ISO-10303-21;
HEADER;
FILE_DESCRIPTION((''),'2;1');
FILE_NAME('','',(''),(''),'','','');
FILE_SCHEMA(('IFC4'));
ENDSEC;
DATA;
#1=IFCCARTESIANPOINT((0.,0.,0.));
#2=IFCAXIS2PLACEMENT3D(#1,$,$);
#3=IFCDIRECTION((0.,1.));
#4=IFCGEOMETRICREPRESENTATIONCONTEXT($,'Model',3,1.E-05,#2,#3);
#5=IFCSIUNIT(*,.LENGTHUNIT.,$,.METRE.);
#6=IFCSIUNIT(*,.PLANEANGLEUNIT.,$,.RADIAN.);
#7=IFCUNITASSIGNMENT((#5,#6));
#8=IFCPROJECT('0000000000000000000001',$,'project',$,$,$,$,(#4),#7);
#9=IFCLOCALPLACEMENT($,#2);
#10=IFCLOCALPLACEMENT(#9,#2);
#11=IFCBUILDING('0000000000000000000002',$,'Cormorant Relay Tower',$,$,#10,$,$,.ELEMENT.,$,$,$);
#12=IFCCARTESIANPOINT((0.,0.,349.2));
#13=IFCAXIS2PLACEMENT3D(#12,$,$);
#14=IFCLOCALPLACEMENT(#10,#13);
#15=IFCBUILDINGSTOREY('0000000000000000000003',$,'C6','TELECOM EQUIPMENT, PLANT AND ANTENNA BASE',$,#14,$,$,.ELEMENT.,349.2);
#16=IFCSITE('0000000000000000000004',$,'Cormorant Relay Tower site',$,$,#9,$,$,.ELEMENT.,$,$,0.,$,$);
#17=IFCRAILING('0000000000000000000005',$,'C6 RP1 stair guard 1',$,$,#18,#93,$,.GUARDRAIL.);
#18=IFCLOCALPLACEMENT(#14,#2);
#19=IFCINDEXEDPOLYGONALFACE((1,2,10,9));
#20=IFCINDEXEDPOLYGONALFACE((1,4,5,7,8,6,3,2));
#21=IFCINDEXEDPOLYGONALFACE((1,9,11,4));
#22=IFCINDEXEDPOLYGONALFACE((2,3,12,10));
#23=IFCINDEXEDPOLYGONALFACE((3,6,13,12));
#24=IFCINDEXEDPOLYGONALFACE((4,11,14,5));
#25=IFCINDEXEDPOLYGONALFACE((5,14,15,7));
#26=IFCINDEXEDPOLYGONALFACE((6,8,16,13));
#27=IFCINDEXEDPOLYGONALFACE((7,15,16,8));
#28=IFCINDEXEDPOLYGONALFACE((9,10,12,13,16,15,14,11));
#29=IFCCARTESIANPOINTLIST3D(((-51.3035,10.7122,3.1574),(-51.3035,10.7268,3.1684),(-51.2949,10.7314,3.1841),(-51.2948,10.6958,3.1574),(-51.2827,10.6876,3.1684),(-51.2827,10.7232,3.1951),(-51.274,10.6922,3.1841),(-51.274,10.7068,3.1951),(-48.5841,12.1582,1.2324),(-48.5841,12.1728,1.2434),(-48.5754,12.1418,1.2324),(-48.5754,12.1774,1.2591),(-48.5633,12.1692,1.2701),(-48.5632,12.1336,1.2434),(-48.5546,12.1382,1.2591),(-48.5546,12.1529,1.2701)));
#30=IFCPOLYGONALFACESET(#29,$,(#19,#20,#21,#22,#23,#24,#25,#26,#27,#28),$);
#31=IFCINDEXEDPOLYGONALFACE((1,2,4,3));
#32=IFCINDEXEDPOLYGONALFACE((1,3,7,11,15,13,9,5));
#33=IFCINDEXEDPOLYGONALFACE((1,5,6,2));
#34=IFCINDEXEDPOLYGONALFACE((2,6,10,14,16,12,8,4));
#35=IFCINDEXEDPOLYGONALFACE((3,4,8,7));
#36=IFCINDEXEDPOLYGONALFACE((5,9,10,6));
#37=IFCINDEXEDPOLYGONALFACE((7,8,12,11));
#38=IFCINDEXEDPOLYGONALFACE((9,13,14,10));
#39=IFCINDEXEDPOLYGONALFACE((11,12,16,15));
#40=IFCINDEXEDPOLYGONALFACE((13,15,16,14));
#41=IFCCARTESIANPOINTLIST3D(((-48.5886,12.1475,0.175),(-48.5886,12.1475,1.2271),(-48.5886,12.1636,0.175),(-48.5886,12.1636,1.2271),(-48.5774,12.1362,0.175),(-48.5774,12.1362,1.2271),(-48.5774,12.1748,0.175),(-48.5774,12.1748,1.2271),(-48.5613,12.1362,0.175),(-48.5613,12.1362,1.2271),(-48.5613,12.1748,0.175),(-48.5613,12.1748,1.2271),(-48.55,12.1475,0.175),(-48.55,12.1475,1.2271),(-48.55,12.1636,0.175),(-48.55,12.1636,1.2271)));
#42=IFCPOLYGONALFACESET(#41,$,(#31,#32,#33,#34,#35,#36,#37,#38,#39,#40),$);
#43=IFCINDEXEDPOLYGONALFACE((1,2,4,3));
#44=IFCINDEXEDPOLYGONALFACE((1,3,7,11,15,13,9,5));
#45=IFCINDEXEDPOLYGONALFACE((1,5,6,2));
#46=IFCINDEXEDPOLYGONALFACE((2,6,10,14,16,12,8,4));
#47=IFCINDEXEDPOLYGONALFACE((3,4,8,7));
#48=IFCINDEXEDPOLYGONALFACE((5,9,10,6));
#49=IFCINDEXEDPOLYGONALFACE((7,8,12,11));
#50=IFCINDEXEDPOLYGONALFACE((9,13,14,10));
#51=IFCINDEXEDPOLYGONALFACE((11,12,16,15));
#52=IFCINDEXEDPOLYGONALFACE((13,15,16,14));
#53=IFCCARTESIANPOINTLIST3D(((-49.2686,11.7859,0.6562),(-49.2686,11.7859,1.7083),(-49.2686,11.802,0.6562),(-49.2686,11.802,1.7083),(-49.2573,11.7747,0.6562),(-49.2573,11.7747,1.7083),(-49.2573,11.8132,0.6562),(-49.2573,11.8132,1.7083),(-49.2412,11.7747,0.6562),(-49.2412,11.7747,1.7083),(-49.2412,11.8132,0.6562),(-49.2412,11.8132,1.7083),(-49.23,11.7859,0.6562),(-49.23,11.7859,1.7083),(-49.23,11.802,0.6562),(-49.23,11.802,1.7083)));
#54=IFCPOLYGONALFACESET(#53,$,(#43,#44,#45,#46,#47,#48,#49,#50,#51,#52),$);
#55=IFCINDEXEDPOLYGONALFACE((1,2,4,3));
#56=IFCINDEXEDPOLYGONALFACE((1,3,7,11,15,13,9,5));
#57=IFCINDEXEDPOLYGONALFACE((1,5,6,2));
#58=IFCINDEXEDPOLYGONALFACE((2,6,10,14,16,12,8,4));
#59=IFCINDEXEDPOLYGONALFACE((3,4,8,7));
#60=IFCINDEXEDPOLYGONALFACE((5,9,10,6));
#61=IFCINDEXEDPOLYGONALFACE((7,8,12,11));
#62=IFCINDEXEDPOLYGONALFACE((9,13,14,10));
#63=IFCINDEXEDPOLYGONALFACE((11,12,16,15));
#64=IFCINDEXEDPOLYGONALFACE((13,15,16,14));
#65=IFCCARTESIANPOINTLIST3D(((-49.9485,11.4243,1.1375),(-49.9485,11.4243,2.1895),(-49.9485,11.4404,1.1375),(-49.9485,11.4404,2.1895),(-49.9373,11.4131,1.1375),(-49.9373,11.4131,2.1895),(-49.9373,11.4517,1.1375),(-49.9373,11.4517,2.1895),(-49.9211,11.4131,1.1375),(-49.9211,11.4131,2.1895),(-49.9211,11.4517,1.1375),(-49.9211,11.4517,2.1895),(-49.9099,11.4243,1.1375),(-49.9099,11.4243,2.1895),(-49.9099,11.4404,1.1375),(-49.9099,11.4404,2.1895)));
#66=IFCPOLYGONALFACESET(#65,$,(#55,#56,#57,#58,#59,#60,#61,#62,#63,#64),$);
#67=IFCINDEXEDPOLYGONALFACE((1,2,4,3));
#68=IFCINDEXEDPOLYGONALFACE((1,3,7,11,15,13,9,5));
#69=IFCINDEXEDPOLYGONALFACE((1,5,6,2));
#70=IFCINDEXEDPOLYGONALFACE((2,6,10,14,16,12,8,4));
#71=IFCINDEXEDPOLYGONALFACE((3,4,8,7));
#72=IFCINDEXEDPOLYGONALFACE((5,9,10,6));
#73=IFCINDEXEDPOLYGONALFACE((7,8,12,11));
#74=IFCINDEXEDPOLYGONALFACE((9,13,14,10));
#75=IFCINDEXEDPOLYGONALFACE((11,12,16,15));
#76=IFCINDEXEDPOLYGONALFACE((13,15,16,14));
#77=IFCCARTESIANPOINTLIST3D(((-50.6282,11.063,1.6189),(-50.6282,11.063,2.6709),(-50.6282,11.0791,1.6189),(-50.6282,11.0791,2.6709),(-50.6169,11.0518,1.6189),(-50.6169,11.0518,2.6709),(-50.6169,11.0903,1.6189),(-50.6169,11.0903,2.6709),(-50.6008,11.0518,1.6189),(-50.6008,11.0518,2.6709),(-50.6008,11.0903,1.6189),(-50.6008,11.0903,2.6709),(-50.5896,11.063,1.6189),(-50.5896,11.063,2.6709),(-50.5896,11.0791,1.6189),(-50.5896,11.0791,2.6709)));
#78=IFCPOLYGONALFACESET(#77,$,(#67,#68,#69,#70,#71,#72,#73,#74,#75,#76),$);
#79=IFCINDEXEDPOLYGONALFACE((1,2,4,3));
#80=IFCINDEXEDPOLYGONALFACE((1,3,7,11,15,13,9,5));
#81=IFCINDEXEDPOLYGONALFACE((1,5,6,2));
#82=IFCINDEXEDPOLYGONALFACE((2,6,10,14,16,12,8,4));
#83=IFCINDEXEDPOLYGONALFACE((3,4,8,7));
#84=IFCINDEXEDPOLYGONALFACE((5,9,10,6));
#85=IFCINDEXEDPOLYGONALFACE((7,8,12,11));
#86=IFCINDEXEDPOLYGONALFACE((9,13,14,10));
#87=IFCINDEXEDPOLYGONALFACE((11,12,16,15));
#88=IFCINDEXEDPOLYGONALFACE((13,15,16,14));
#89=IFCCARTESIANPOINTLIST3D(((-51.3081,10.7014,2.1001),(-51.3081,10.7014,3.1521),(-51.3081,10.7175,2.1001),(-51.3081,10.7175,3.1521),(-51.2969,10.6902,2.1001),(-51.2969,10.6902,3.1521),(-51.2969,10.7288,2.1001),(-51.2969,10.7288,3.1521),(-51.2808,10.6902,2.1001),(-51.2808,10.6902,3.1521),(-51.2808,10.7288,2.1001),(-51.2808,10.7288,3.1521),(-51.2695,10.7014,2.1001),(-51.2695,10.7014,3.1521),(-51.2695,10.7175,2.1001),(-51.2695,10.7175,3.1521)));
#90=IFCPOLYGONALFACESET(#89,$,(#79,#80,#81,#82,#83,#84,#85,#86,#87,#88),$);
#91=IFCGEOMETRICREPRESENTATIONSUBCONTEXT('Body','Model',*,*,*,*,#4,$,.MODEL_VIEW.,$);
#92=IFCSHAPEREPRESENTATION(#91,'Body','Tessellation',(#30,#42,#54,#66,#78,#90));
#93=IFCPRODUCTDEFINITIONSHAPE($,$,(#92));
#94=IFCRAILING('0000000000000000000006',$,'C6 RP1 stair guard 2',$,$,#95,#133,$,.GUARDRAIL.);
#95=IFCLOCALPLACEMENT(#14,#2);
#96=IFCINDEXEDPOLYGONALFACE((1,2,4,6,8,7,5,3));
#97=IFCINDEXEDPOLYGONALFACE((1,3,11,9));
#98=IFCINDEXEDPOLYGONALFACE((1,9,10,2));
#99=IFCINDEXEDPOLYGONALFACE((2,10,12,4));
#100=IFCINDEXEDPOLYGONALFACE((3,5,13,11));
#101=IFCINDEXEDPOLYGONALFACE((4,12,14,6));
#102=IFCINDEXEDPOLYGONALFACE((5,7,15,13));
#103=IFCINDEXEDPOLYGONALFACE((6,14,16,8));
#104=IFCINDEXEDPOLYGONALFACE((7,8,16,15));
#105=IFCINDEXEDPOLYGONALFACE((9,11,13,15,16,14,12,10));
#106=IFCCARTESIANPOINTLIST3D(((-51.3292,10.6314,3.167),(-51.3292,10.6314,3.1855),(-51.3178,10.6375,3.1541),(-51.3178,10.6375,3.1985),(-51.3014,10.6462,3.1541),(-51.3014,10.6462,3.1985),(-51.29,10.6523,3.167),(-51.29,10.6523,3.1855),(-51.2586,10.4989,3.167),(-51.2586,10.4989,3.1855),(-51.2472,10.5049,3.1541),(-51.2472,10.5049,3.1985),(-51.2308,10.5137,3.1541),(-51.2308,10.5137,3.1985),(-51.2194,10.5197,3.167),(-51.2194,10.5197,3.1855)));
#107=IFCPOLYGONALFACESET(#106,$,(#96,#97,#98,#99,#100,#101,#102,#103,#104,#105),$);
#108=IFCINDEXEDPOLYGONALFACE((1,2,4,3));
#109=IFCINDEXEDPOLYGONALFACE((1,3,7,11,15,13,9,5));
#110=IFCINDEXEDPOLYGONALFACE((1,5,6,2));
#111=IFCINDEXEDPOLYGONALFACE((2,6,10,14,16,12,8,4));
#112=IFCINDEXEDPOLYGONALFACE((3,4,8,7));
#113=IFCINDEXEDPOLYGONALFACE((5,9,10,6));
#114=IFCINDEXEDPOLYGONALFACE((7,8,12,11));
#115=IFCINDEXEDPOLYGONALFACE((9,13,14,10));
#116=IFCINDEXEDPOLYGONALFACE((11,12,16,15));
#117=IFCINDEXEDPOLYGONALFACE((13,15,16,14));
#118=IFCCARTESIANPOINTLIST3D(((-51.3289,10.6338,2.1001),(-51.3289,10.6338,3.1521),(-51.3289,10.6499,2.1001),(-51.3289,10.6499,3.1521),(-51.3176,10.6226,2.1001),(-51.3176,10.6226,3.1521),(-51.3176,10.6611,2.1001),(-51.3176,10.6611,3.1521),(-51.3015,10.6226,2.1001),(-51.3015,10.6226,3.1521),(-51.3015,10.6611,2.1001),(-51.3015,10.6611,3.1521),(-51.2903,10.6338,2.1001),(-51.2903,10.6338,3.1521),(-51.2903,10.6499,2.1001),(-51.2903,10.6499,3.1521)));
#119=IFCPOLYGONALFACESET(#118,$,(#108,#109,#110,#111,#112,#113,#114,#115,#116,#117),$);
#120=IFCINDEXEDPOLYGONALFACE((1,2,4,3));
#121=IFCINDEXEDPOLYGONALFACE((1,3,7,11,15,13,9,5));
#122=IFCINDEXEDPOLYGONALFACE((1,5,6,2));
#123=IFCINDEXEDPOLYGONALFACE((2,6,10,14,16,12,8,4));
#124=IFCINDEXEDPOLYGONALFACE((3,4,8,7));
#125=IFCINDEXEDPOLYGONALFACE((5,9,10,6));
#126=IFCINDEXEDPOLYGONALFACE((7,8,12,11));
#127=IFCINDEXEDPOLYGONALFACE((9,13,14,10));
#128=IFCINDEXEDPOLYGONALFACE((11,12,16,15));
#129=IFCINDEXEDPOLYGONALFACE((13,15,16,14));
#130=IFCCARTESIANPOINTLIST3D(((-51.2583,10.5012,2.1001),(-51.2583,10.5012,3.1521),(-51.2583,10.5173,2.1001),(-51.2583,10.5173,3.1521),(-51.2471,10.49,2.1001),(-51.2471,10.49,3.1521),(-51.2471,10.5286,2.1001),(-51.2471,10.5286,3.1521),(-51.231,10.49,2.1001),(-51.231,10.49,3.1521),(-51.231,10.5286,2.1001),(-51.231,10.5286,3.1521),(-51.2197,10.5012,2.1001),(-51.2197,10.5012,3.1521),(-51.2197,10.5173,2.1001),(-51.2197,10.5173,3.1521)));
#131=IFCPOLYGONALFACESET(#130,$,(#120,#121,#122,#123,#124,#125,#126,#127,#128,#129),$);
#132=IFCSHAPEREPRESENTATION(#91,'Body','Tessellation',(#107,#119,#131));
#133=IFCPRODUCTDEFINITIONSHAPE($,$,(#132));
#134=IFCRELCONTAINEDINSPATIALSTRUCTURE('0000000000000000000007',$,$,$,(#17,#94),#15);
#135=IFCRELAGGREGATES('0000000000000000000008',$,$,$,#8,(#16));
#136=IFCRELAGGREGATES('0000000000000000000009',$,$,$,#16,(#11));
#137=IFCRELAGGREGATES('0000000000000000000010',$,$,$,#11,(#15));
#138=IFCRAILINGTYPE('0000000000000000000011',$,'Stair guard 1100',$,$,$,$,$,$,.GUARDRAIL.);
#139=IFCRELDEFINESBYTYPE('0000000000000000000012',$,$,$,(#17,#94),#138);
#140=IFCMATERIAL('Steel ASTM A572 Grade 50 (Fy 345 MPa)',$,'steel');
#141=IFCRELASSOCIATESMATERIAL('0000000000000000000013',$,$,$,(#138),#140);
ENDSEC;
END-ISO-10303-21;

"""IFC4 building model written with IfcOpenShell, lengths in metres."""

from ifc_helpers import new_model, si_unit, direction, frame, origin, place, context, subcontext, project, spatial, polyline, outline, extrude, material, type_object, element, save


model = new_model("IFC4")

# Units and contexts
model_context = context("Model", 3, precision=1e-05, world=origin(), true_north=direction((0.0, 1.0)))
body_context = subcontext(model_context, "Body", "Model", "MODEL_VIEW")
ifc_project = project(units=[si_unit("LENGTHUNIT", "METRE"), si_unit("PLANEANGLEUNIT", "RADIAN")], contexts=[model_context])

# Site, building, storey
site_placement = place(None, origin())
site = spatial("IfcSite", under=ifc_project, at=site_placement, Name="Cormorant Relay Tower site", CompositionType="ELEMENT", RefElevation=0.0)
building_placement = place(site_placement, origin())
building = spatial("IfcBuilding", under=site, at=building_placement, Name="Cormorant Relay Tower", CompositionType="ELEMENT")
storey_placement = place(building_placement, frame((0.0, 0.0, 349.2)))
storey = spatial("IfcBuildingStorey", under=building, at=storey_placement, Name="C6", Description="TELECOM EQUIPMENT, PLANT AND ANTENNA BASE", CompositionType="ELEMENT", Elevation=349.2)

# Railings
ifc_material_1 = material(Name="Steel ASTM A572 Grade 50 (Fy 345 MPa)", Category="steel")
railing_type_1 = type_object("IfcRailingType", Name="Stair guard 1100", PredefinedType="GUARDRAIL", material=ifc_material_1)
railing_1_placement = place(storey_placement, frame((-48.5693, 12.1555, 0.175)))
element("IfcRailing", 1, at=railing_1_placement, inside=storey, type_object=railing_type_1, Name="C6 RP1 stair guard 1", PredefinedType="GUARDRAIL", context=body_context, shape_type="SweptSolid", body=[
    extrude(outline(polyline([(0.0222, 0.0093), (0.0093, 0.0222), (-0.0093, 0.0222), (-0.0222, 0.0093), (-0.0222, -0.0093), (-0.0093, -0.0222), (0.0093, -0.0222), (0.0222, -0.0093), (0.0222, 0.0093)])), frame((0.0, 0.0, 1.0762), z_axis=(-0.748727, -0.398125, 0.530004), x_axis=(0.469489, -0.882938, 0.0)), (0.0, 0.0, 1.0), 3.6321),
    extrude(outline(polyline([(0.0193, 0.0081), (0.0081, 0.0193), (-0.0081, 0.0193), (-0.0193, 0.0081), (-0.0193, -0.0081), (-0.0081, -0.0193), (0.0081, -0.0193), (0.0193, -0.0081), (0.0193, 0.0081)])), origin(), (0.0, 0.0, 1.0), 1.052),
    extrude(outline(polyline([(0.0193, 0.0081), (0.0081, 0.0193), (-0.0081, 0.0193), (-0.0193, 0.0081), (-0.0193, -0.0081), (-0.0081, -0.0193), (0.0081, -0.0193), (0.0193, -0.0081), (0.0193, 0.0081)])), frame((-0.6799, -0.3616, 0.4812)), (0.0, 0.0, 1.0), 1.052),
    extrude(outline(polyline([(0.0193, 0.0081), (0.0081, 0.0193), (-0.0081, 0.0193), (-0.0193, 0.0081), (-0.0193, -0.0081), (-0.0081, -0.0193), (0.0081, -0.0193), (0.0193, -0.0081), (0.0193, 0.0081)])), frame((-1.3599, -0.7231, 0.9624)), (0.0, 0.0, 1.0), 1.052),
    extrude(outline(polyline([(0.0193, 0.0081), (0.0081, 0.0193), (-0.0081, 0.0193), (-0.0193, 0.0081), (-0.0193, -0.0081), (-0.0081, -0.0193), (0.0081, -0.0193), (0.0193, -0.0081), (0.0193, 0.0081)])), frame((-2.0396, -1.0845, 1.4438)), (0.0, 0.0, 1.0), 1.052),
    extrude(outline(polyline([(0.0193, 0.0081), (0.0081, 0.0193), (-0.0081, 0.0193), (-0.0193, 0.0081), (-0.0193, -0.0081), (-0.0081, -0.0193), (0.0081, -0.0193), (0.0193, -0.0081), (0.0193, 0.0081)])), frame((-2.7195, -1.446, 1.925)), (0.0, 0.0, 1.0), 1.052),
])
railing_2_placement = place(storey_placement, frame((-51.3096, 10.6418, 2.1001)))
element("IfcRailing", 2, at=railing_2_placement, inside=storey, type_object=railing_type_1, Name="C6 RP1 stair guard 2", PredefinedType="GUARDRAIL", context=body_context, shape_type="SweptSolid", body=[
    extrude(outline(polyline([(0.0222, 0.0093), (0.0093, 0.0222), (-0.0093, 0.0222), (-0.0222, 0.0093), (-0.0222, -0.0093), (-0.0093, -0.0222), (0.0093, -0.0222), (0.0222, -0.0093), (0.0222, 0.0093)])), frame((0.0, 0.0, 1.0762), z_axis=(0.469829, -0.882758, 0.0), x_axis=(0.882758, 0.469829, 0.0)), (0.0, 0.0, 1.0), 0.1501),
    extrude(outline(polyline([(0.0193, 0.0081), (0.0081, 0.0193), (-0.0081, 0.0193), (-0.0193, 0.0081), (-0.0193, -0.0081), (-0.0081, -0.0193), (0.0081, -0.0193), (0.0193, -0.0081), (0.0193, 0.0081)])), origin(), (0.0, 0.0, 1.0), 1.052),
    extrude(outline(polyline([(0.0193, 0.0081), (0.0081, 0.0193), (-0.0081, 0.0193), (-0.0193, 0.0081), (-0.0193, -0.0081), (-0.0081, -0.0193), (0.0081, -0.0193), (0.0193, -0.0081), (0.0193, 0.0081)])), frame((0.0706, -0.1326, 0.0)), (0.0, 0.0, 1.0), 1.052),
])

save(model, "model.ifc")
